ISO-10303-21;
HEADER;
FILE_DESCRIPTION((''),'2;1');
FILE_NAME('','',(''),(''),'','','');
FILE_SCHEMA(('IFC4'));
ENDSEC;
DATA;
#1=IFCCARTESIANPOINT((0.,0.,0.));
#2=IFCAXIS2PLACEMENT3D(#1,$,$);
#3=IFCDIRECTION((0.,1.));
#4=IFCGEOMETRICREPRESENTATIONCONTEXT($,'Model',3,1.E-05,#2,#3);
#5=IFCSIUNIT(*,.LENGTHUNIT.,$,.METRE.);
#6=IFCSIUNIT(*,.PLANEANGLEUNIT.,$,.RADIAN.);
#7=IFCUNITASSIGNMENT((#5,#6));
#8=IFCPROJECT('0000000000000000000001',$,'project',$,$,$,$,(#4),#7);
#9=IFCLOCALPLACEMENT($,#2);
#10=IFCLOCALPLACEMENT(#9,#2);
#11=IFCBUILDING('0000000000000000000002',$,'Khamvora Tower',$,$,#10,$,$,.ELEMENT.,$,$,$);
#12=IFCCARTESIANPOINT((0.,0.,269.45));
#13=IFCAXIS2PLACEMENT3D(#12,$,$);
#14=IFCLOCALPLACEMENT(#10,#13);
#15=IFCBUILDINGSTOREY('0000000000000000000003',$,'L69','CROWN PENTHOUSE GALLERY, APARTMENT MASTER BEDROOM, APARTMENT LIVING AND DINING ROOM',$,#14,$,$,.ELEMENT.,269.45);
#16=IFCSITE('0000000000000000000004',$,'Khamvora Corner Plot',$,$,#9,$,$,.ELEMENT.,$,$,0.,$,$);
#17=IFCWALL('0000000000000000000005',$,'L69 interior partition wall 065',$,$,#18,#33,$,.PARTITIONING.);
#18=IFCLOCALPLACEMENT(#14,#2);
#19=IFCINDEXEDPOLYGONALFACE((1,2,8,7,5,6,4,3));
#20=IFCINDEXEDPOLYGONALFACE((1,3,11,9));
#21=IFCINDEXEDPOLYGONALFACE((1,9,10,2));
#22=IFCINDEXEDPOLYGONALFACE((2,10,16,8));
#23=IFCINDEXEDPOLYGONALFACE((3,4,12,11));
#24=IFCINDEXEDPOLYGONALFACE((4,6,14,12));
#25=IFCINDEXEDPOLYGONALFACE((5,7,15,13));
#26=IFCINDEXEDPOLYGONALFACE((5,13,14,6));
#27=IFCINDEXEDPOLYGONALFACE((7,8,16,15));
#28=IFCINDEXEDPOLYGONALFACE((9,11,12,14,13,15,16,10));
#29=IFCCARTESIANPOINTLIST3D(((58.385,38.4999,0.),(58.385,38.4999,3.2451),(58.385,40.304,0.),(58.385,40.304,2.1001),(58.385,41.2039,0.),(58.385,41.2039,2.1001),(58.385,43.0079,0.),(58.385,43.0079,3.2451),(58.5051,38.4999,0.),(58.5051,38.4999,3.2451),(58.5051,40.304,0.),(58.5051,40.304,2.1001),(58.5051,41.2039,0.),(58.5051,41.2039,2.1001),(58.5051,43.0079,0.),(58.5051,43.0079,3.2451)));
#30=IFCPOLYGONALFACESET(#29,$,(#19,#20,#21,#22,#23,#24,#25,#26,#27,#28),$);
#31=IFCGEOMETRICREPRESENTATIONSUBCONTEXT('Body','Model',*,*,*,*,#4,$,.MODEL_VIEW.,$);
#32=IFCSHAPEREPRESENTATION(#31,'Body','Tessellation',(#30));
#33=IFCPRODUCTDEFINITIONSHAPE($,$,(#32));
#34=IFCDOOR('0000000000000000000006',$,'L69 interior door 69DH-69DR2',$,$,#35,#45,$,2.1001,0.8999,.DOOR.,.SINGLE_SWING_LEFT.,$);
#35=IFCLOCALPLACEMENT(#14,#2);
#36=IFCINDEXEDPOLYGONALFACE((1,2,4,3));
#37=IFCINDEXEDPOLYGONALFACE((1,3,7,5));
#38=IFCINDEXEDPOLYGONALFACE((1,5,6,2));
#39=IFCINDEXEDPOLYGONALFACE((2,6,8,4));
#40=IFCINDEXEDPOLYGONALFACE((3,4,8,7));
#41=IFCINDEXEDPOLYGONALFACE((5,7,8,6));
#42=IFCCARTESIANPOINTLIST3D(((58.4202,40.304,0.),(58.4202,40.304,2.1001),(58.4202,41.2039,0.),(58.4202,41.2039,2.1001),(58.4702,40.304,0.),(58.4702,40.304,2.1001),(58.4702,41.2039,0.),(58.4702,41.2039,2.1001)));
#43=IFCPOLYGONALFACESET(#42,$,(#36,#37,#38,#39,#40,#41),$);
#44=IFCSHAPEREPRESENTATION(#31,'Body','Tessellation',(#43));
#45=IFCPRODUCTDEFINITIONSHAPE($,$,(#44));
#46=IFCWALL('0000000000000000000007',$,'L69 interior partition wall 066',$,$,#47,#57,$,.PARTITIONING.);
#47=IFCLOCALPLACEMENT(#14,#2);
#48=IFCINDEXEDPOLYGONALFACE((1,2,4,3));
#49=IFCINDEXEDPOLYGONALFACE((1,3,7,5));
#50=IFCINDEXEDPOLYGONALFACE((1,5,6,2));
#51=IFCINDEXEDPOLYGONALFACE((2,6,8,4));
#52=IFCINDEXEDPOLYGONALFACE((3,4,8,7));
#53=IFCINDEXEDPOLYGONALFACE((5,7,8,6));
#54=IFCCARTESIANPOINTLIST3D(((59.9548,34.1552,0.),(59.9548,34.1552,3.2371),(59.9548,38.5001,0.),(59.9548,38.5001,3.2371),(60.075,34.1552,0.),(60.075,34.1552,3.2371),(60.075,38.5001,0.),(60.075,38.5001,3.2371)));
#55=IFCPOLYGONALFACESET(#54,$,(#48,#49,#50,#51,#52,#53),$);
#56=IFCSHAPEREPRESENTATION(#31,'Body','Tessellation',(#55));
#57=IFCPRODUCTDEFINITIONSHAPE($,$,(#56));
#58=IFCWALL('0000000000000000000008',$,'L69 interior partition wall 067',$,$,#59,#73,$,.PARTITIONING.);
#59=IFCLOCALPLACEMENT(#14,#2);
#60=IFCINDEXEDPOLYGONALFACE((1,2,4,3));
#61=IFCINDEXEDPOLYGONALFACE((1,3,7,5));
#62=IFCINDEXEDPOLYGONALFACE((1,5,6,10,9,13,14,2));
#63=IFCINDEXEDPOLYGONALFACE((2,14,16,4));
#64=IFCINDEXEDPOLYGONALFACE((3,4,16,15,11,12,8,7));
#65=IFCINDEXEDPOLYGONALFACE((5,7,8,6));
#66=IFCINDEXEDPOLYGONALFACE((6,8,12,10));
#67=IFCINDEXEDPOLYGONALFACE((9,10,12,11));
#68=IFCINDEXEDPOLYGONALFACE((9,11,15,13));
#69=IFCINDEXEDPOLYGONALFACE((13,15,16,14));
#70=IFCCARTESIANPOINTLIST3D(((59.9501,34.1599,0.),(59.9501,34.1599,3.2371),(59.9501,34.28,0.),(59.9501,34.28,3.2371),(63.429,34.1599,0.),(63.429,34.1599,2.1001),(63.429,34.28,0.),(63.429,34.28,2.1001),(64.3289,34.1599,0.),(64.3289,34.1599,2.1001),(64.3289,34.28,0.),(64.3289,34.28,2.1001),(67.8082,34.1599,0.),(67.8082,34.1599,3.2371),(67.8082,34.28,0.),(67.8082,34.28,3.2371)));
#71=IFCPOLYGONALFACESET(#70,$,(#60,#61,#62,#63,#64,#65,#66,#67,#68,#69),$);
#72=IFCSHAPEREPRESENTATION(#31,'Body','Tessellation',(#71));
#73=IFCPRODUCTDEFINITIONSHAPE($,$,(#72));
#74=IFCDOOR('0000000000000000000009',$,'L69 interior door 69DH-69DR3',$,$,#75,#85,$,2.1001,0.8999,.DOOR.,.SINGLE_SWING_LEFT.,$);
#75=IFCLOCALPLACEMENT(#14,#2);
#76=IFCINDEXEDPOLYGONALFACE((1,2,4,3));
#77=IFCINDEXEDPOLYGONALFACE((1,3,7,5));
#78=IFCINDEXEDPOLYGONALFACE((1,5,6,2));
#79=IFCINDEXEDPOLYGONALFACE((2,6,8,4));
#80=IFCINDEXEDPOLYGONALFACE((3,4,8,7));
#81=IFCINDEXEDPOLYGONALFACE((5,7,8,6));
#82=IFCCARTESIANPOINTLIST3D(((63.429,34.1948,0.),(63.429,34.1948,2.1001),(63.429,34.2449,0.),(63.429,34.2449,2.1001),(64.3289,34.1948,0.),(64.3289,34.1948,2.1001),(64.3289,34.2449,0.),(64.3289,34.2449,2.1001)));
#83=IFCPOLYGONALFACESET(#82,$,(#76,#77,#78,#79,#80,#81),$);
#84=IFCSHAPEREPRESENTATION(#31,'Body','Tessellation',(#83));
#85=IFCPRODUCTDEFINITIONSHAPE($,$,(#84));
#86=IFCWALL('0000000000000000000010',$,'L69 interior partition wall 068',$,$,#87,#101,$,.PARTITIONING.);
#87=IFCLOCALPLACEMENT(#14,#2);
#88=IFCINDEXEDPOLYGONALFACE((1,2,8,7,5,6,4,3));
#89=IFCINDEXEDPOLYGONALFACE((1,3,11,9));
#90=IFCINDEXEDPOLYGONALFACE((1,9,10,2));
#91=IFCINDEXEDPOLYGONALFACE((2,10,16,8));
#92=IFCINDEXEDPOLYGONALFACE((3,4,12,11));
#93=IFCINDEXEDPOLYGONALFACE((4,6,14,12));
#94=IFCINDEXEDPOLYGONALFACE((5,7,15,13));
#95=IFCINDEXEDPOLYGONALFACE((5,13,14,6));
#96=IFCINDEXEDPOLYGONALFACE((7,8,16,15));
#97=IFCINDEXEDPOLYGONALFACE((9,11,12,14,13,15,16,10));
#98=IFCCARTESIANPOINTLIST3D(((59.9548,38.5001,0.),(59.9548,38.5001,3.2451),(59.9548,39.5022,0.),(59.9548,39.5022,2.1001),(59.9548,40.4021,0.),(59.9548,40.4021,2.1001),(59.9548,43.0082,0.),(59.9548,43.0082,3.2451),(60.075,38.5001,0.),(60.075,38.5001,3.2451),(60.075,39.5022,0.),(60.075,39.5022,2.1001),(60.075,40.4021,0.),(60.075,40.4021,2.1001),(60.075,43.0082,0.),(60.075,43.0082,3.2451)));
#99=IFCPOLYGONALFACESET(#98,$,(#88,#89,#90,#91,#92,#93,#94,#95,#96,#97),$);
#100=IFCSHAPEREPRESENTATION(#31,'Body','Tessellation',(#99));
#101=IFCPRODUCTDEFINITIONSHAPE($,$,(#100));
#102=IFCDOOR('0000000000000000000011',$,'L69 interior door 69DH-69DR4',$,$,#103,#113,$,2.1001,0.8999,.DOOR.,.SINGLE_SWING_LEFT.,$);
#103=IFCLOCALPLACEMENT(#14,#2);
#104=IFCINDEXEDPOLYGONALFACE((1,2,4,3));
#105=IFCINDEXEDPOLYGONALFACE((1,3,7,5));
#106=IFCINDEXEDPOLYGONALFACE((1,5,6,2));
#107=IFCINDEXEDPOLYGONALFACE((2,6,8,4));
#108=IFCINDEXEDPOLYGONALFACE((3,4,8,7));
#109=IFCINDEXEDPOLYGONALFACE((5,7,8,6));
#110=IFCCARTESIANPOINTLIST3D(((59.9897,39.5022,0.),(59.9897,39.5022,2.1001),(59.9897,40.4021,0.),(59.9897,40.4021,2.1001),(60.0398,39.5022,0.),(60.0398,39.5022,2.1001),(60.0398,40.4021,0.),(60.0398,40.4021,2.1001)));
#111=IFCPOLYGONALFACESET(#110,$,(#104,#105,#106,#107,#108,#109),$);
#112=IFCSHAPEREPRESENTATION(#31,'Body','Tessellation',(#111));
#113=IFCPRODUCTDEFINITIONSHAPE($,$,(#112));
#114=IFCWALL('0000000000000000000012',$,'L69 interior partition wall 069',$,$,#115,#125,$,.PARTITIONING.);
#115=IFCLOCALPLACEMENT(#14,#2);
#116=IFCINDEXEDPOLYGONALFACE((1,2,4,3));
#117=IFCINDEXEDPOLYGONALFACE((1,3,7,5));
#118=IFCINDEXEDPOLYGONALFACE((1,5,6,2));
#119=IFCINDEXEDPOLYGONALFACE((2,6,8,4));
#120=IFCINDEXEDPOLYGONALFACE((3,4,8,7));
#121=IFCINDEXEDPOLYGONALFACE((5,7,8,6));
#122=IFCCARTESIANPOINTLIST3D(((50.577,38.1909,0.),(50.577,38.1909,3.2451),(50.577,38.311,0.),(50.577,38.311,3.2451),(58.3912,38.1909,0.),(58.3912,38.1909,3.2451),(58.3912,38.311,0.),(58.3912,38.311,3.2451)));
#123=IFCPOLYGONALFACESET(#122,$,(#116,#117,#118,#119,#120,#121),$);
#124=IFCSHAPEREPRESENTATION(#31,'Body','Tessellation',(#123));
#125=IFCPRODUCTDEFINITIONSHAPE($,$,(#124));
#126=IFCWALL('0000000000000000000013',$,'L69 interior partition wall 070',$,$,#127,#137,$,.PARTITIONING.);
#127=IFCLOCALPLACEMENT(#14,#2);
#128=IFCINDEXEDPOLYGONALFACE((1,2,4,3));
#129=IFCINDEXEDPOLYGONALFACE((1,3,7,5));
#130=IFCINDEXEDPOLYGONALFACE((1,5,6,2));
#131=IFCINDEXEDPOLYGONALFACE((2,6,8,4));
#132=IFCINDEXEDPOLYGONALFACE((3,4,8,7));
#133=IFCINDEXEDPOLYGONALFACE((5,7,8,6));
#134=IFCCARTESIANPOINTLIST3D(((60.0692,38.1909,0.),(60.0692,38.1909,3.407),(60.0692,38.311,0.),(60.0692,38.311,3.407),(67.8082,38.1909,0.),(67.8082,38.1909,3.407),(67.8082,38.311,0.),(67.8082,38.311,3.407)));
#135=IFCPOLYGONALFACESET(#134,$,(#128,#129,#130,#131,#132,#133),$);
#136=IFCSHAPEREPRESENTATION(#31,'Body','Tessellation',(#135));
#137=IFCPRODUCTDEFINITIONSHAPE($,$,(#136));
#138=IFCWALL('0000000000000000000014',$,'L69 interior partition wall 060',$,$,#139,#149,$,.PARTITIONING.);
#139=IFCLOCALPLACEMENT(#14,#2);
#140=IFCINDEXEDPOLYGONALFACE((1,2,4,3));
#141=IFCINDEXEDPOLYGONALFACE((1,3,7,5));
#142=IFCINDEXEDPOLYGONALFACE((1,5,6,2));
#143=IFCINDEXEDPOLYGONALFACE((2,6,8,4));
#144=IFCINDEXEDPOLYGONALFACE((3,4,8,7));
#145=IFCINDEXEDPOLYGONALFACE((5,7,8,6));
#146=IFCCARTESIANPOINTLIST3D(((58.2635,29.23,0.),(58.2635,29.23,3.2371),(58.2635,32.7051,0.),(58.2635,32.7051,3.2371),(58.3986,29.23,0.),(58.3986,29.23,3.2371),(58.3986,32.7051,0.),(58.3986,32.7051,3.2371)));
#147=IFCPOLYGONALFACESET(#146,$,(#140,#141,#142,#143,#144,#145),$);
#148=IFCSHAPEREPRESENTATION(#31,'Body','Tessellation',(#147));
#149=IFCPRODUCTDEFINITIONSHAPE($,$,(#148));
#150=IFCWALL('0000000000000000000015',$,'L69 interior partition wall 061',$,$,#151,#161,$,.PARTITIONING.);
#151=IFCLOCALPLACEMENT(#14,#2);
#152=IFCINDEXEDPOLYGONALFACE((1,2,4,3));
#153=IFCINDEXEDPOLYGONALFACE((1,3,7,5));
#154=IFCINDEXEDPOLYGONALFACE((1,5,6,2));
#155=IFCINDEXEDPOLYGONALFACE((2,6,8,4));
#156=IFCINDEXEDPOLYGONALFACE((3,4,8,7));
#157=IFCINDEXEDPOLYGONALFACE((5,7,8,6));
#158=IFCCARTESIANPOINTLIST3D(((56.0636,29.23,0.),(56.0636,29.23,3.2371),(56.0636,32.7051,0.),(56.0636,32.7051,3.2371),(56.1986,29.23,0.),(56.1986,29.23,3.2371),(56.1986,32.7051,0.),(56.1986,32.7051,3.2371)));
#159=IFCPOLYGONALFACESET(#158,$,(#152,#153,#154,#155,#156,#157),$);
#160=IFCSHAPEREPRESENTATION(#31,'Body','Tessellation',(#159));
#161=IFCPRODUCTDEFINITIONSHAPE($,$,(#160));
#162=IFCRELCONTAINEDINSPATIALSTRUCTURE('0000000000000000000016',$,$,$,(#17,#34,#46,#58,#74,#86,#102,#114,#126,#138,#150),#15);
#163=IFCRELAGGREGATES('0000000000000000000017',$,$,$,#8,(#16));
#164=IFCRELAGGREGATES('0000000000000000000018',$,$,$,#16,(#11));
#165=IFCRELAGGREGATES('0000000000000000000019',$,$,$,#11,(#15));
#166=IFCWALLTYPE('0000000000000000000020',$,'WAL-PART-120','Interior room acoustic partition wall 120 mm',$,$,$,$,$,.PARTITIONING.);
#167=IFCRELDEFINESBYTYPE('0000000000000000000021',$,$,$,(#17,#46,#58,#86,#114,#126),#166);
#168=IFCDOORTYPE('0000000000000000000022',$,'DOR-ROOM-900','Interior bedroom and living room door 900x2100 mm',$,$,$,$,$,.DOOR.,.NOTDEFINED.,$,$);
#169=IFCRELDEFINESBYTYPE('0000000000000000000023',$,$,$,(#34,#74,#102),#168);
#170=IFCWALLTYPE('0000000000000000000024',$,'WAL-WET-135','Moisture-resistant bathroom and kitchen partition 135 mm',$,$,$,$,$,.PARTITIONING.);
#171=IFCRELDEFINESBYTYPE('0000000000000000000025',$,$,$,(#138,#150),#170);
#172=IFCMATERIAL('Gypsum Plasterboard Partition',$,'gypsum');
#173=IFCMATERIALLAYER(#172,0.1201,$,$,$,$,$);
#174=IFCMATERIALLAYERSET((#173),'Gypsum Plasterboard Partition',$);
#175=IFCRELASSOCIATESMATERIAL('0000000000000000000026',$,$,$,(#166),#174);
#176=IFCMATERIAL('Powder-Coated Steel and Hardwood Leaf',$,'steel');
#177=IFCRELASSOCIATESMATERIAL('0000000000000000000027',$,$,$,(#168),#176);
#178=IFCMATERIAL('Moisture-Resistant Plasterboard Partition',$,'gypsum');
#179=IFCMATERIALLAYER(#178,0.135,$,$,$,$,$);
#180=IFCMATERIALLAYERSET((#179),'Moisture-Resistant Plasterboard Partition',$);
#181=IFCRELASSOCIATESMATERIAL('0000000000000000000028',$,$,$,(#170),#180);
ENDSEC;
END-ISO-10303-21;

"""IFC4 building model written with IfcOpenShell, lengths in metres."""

from ifc_helpers import new_model, si_unit, direction, frame, frame_2d, origin, place, context, subcontext, project, spatial, rectangle, extrude, material, layer, layer_set, type_object, element, fill, save


model = new_model("IFC4")

# Units and contexts
model_context = context("Model", 3, precision=1e-05, world=origin(), true_north=direction((0.0, 1.0)))
body_context = subcontext(model_context, "Body", "Model", "MODEL_VIEW")
ifc_project = project(units=[si_unit("LENGTHUNIT", "METRE"), si_unit("PLANEANGLEUNIT", "RADIAN")], contexts=[model_context])

# Site, building, storey
site_placement = place(None, origin())
site = spatial("IfcSite", under=ifc_project, at=site_placement, Name="Khamvora Corner Plot", CompositionType="ELEMENT", RefElevation=0.0)
building_placement = place(site_placement, origin())
building = spatial("IfcBuilding", under=site, at=building_placement, Name="Khamvora Tower", CompositionType="ELEMENT")
storey_placement = place(building_placement, frame((0.0, 0.0, 269.45)))
storey = spatial("IfcBuildingStorey", under=building, at=storey_placement, Name="L69", Description="CROWN PENTHOUSE GALLERY, APARTMENT MASTER BEDROOM, APARTMENT LIVING AND DINING ROOM", CompositionType="ELEMENT", Elevation=269.45)

# Shared definitions
ifc_material_1 = material(Name="Gypsum Plasterboard Partition", Category="gypsum")
ifc_layer_1 = layer(ifc_material_1, 0.1201)
ifc_layer_set_1 = layer_set([ifc_layer_1], Name="Gypsum Plasterboard Partition")
wall_type_1 = type_object("IfcWallType", Name="WAL-PART-120", Description="Interior room acoustic partition wall 120 mm", PredefinedType="PARTITIONING", material=ifc_layer_set_1)
ifc_material_2 = material(Name="Powder-Coated Steel and Hardwood Leaf", Category="steel")
door_type_1 = type_object("IfcDoorType", Name="DOR-ROOM-900", Description="Interior bedroom and living room door 900x2100 mm", OperationType="NOTDEFINED", PredefinedType="DOOR", material=ifc_material_2)

# Wall, opening, door
wall_1_placement = place(storey_placement, frame((58.4451, 38.5, 0.0), z_axis=(0.0, 0.0, 1.0), x_axis=(0.0, 1.0, 0.0)))
wall_1 = element("IfcWall", 1, at=wall_1_placement, inside=storey, type_object=wall_type_1, Name="L69 interior partition wall 065", PredefinedType="PARTITIONING", context=body_context, shape_type="SweptSolid", body=[
    extrude(rectangle(XDim=4.5081, YDim=0.1201, at=frame_2d((2.2539, 0.0))), origin(), (0.0, 0.0, 1.0), 3.2451),
])
opening_1_placement = place(wall_1_placement, frame((1.804, 0.0, 0.0)))
opening_1 = element("IfcOpeningElement", 2, at=opening_1_placement, cuts=wall_1, PredefinedType="OPENING", context=body_context, shape_type="SweptSolid", body=[
    extrude(rectangle(XDim=0.8999, YDim=2.1001, at=frame_2d((0.45, 1.05))), frame((0.0, 0.0701, 0.0), z_axis=(0.0, -1.0, 0.0), x_axis=(1.0, 0.0, 0.0)), (0.0, 0.0, 1.0), 0.1401),
])
door_1_placement = place(opening_1_placement, origin())
door_1 = element("IfcDoor", 3, at=door_1_placement, inside=storey, type_object=door_type_1, Name="L69 interior door 69DH-69DR2", OperationType="SINGLE_SWING_LEFT", OverallHeight=2.1001, OverallWidth=0.8999, PredefinedType="DOOR", context=body_context, shape_type="SweptSolid", body=[
    extrude(rectangle(XDim=0.8999, YDim=2.1001, at=frame_2d((0.45, 1.05))), frame((0.0, 0.0249, 0.0), z_axis=(0.0, -1.0, 0.0), x_axis=(1.0, 0.0, 0.0)), (0.0, 0.0, 1.0), 0.05),
])
fill(opening_1, door_1)

# Wall
wall_2_placement = place(storey_placement, frame((60.0149, 38.5, 0.0), z_axis=(0.0, 0.0, 1.0), x_axis=(0.0, -1.0, 0.0)))
element("IfcWall", 4, at=wall_2_placement, inside=storey, type_object=wall_type_1, Name="L69 interior partition wall 066", PredefinedType="PARTITIONING", context=body_context, shape_type="SweptSolid", body=[
    extrude(rectangle(XDim=4.345, YDim=0.1201, at=frame_2d((2.1724, 0.0))), origin(), (0.0, 0.0, 1.0), 3.2371),
])

# Walls, openings, doors
wall_3_placement = place(storey_placement, frame((59.95, 34.22, 0.0), z_axis=(0.0, 0.0, 1.0), x_axis=(1.0, 0.0, 0.0)))
wall_3 = element("IfcWall", 5, at=wall_3_placement, inside=storey, type_object=wall_type_1, Name="L69 interior partition wall 067", PredefinedType="PARTITIONING", context=body_context, shape_type="SweptSolid", body=[
    extrude(rectangle(XDim=7.8582, YDim=0.1201, at=frame_2d((3.9292, 0.0))), origin(), (0.0, 0.0, 1.0), 3.2371),
])
opening_2_placement = place(wall_3_placement, frame((3.479, 0.0, 0.0)))
opening_2 = element("IfcOpeningElement", 6, at=opening_2_placement, cuts=wall_3, PredefinedType="OPENING", context=body_context, shape_type="SweptSolid", body=[
    extrude(rectangle(XDim=0.8999, YDim=2.1001, at=frame_2d((0.45, 1.05))), frame((0.0, 0.0701, 0.0), z_axis=(0.0, -1.0, 0.0), x_axis=(1.0, 0.0, 0.0)), (0.0, 0.0, 1.0), 0.1401),
])
door_2_placement = place(opening_2_placement, origin())
door_2 = element("IfcDoor", 7, at=door_2_placement, inside=storey, type_object=door_type_1, Name="L69 interior door 69DH-69DR3", OperationType="SINGLE_SWING_LEFT", OverallHeight=2.1001, OverallWidth=0.8999, PredefinedType="DOOR", context=body_context, shape_type="SweptSolid", body=[
    extrude(rectangle(XDim=0.8999, YDim=2.1001, at=frame_2d((0.45, 1.05))), frame((0.0, 0.0249, 0.0), z_axis=(0.0, -1.0, 0.0), x_axis=(1.0, 0.0, 0.0)), (0.0, 0.0, 1.0), 0.05),
])
fill(opening_2, door_2)
wall_4_placement = place(storey_placement, frame((60.0149, 43.0081, 0.0), z_axis=(0.0, 0.0, 1.0), x_axis=(0.0, -1.0, 0.0)))
wall_4 = element("IfcWall", 8, at=wall_4_placement, inside=storey, type_object=wall_type_1, Name="L69 interior partition wall 068", PredefinedType="PARTITIONING", context=body_context, shape_type="SweptSolid", body=[
    extrude(rectangle(XDim=4.5081, YDim=0.1201, at=frame_2d((2.2539, 0.0))), origin(), (0.0, 0.0, 1.0), 3.2451),
])
opening_3_placement = place(wall_4_placement, frame((2.606, 0.0, 0.0)))
opening_3 = element("IfcOpeningElement", 9, at=opening_3_placement, cuts=wall_4, PredefinedType="OPENING", context=body_context, shape_type="SweptSolid", body=[
    extrude(rectangle(XDim=0.8999, YDim=2.1001, at=frame_2d((0.45, 1.05))), frame((0.0, 0.0701, 0.0), z_axis=(0.0, -1.0, 0.0), x_axis=(1.0, 0.0, 0.0)), (0.0, 0.0, 1.0), 0.1401),
])
door_3_placement = place(opening_3_placement, origin())
door_3 = element("IfcDoor", 10, at=door_3_placement, inside=storey, type_object=door_type_1, Name="L69 interior door 69DH-69DR4", OperationType="SINGLE_SWING_LEFT", OverallHeight=2.1001, OverallWidth=0.8999, PredefinedType="DOOR", context=body_context, shape_type="SweptSolid", body=[
    extrude(rectangle(XDim=0.8999, YDim=2.1001, at=frame_2d((0.45, 1.05))), frame((0.0, 0.0249, 0.0), z_axis=(0.0, -1.0, 0.0), x_axis=(1.0, 0.0, 0.0)), (0.0, 0.0, 1.0), 0.05),
])
fill(opening_3, door_3)

# Walls
wall_5_placement = place(storey_placement, frame((50.5769, 38.251, 0.0), z_axis=(0.0, 0.0, 1.0), x_axis=(1.0, 0.0, 0.0)))
element("IfcWall", 11, at=wall_5_placement, inside=storey, type_object=wall_type_1, Name="L69 interior partition wall 069", PredefinedType="PARTITIONING", context=body_context, shape_type="SweptSolid", body=[
    extrude(rectangle(XDim=7.8142, YDim=0.1201, at=frame_2d((3.9072, 0.0))), origin(), (0.0, 0.0, 1.0), 3.2451),
])
wall_6_placement = place(storey_placement, frame((60.0691, 38.251, 0.0), z_axis=(0.0, 0.0, 1.0), x_axis=(1.0, 0.0, 0.0)))
element("IfcWall", 12, at=wall_6_placement, inside=storey, type_object=wall_type_1, Name="L69 interior partition wall 070", PredefinedType="PARTITIONING", context=body_context, shape_type="SweptSolid", body=[
    extrude(rectangle(XDim=7.739, YDim=0.1201, at=frame_2d((3.8696, 0.0))), origin(), (0.0, 0.0, 1.0), 3.407),
])
ifc_material_3 = material(Name="Moisture-Resistant Plasterboard Partition", Category="gypsum")
ifc_layer_2 = layer(ifc_material_3, 0.135)
ifc_layer_set_2 = layer_set([ifc_layer_2], Name="Moisture-Resistant Plasterboard Partition")
wall_type_2 = type_object("IfcWallType", Name="WAL-WET-135", Description="Moisture-resistant bathroom and kitchen partition 135 mm", PredefinedType="PARTITIONING", material=ifc_layer_set_2)
for number, where, z_axis, x_axis, name in (
    (13, (58.3311, 32.7051, 0.0), (0.0, 0.0, 1.0), (0.0, -1.0, 0.0), "L69 interior partition wall 060"),
    (14, (56.1311, 29.23, 0.0), (0.0, 0.0, 1.0), (0.0, 1.0, 0.0), "L69 interior partition wall 061"),
):
    element("IfcWall", number, at=place(storey_placement, frame(where, z_axis=z_axis, x_axis=x_axis)), inside=storey, type_object=wall_type_2, Name=name, PredefinedType="PARTITIONING", context=body_context, shape_type="SweptSolid", body=[
        extrude(rectangle(XDim=3.4751, YDim=0.135, at=frame_2d((1.7375, 0.0))), origin(), (0.0, 0.0, 1.0), 3.2371),
    ])

save(model, "model.ifc")
